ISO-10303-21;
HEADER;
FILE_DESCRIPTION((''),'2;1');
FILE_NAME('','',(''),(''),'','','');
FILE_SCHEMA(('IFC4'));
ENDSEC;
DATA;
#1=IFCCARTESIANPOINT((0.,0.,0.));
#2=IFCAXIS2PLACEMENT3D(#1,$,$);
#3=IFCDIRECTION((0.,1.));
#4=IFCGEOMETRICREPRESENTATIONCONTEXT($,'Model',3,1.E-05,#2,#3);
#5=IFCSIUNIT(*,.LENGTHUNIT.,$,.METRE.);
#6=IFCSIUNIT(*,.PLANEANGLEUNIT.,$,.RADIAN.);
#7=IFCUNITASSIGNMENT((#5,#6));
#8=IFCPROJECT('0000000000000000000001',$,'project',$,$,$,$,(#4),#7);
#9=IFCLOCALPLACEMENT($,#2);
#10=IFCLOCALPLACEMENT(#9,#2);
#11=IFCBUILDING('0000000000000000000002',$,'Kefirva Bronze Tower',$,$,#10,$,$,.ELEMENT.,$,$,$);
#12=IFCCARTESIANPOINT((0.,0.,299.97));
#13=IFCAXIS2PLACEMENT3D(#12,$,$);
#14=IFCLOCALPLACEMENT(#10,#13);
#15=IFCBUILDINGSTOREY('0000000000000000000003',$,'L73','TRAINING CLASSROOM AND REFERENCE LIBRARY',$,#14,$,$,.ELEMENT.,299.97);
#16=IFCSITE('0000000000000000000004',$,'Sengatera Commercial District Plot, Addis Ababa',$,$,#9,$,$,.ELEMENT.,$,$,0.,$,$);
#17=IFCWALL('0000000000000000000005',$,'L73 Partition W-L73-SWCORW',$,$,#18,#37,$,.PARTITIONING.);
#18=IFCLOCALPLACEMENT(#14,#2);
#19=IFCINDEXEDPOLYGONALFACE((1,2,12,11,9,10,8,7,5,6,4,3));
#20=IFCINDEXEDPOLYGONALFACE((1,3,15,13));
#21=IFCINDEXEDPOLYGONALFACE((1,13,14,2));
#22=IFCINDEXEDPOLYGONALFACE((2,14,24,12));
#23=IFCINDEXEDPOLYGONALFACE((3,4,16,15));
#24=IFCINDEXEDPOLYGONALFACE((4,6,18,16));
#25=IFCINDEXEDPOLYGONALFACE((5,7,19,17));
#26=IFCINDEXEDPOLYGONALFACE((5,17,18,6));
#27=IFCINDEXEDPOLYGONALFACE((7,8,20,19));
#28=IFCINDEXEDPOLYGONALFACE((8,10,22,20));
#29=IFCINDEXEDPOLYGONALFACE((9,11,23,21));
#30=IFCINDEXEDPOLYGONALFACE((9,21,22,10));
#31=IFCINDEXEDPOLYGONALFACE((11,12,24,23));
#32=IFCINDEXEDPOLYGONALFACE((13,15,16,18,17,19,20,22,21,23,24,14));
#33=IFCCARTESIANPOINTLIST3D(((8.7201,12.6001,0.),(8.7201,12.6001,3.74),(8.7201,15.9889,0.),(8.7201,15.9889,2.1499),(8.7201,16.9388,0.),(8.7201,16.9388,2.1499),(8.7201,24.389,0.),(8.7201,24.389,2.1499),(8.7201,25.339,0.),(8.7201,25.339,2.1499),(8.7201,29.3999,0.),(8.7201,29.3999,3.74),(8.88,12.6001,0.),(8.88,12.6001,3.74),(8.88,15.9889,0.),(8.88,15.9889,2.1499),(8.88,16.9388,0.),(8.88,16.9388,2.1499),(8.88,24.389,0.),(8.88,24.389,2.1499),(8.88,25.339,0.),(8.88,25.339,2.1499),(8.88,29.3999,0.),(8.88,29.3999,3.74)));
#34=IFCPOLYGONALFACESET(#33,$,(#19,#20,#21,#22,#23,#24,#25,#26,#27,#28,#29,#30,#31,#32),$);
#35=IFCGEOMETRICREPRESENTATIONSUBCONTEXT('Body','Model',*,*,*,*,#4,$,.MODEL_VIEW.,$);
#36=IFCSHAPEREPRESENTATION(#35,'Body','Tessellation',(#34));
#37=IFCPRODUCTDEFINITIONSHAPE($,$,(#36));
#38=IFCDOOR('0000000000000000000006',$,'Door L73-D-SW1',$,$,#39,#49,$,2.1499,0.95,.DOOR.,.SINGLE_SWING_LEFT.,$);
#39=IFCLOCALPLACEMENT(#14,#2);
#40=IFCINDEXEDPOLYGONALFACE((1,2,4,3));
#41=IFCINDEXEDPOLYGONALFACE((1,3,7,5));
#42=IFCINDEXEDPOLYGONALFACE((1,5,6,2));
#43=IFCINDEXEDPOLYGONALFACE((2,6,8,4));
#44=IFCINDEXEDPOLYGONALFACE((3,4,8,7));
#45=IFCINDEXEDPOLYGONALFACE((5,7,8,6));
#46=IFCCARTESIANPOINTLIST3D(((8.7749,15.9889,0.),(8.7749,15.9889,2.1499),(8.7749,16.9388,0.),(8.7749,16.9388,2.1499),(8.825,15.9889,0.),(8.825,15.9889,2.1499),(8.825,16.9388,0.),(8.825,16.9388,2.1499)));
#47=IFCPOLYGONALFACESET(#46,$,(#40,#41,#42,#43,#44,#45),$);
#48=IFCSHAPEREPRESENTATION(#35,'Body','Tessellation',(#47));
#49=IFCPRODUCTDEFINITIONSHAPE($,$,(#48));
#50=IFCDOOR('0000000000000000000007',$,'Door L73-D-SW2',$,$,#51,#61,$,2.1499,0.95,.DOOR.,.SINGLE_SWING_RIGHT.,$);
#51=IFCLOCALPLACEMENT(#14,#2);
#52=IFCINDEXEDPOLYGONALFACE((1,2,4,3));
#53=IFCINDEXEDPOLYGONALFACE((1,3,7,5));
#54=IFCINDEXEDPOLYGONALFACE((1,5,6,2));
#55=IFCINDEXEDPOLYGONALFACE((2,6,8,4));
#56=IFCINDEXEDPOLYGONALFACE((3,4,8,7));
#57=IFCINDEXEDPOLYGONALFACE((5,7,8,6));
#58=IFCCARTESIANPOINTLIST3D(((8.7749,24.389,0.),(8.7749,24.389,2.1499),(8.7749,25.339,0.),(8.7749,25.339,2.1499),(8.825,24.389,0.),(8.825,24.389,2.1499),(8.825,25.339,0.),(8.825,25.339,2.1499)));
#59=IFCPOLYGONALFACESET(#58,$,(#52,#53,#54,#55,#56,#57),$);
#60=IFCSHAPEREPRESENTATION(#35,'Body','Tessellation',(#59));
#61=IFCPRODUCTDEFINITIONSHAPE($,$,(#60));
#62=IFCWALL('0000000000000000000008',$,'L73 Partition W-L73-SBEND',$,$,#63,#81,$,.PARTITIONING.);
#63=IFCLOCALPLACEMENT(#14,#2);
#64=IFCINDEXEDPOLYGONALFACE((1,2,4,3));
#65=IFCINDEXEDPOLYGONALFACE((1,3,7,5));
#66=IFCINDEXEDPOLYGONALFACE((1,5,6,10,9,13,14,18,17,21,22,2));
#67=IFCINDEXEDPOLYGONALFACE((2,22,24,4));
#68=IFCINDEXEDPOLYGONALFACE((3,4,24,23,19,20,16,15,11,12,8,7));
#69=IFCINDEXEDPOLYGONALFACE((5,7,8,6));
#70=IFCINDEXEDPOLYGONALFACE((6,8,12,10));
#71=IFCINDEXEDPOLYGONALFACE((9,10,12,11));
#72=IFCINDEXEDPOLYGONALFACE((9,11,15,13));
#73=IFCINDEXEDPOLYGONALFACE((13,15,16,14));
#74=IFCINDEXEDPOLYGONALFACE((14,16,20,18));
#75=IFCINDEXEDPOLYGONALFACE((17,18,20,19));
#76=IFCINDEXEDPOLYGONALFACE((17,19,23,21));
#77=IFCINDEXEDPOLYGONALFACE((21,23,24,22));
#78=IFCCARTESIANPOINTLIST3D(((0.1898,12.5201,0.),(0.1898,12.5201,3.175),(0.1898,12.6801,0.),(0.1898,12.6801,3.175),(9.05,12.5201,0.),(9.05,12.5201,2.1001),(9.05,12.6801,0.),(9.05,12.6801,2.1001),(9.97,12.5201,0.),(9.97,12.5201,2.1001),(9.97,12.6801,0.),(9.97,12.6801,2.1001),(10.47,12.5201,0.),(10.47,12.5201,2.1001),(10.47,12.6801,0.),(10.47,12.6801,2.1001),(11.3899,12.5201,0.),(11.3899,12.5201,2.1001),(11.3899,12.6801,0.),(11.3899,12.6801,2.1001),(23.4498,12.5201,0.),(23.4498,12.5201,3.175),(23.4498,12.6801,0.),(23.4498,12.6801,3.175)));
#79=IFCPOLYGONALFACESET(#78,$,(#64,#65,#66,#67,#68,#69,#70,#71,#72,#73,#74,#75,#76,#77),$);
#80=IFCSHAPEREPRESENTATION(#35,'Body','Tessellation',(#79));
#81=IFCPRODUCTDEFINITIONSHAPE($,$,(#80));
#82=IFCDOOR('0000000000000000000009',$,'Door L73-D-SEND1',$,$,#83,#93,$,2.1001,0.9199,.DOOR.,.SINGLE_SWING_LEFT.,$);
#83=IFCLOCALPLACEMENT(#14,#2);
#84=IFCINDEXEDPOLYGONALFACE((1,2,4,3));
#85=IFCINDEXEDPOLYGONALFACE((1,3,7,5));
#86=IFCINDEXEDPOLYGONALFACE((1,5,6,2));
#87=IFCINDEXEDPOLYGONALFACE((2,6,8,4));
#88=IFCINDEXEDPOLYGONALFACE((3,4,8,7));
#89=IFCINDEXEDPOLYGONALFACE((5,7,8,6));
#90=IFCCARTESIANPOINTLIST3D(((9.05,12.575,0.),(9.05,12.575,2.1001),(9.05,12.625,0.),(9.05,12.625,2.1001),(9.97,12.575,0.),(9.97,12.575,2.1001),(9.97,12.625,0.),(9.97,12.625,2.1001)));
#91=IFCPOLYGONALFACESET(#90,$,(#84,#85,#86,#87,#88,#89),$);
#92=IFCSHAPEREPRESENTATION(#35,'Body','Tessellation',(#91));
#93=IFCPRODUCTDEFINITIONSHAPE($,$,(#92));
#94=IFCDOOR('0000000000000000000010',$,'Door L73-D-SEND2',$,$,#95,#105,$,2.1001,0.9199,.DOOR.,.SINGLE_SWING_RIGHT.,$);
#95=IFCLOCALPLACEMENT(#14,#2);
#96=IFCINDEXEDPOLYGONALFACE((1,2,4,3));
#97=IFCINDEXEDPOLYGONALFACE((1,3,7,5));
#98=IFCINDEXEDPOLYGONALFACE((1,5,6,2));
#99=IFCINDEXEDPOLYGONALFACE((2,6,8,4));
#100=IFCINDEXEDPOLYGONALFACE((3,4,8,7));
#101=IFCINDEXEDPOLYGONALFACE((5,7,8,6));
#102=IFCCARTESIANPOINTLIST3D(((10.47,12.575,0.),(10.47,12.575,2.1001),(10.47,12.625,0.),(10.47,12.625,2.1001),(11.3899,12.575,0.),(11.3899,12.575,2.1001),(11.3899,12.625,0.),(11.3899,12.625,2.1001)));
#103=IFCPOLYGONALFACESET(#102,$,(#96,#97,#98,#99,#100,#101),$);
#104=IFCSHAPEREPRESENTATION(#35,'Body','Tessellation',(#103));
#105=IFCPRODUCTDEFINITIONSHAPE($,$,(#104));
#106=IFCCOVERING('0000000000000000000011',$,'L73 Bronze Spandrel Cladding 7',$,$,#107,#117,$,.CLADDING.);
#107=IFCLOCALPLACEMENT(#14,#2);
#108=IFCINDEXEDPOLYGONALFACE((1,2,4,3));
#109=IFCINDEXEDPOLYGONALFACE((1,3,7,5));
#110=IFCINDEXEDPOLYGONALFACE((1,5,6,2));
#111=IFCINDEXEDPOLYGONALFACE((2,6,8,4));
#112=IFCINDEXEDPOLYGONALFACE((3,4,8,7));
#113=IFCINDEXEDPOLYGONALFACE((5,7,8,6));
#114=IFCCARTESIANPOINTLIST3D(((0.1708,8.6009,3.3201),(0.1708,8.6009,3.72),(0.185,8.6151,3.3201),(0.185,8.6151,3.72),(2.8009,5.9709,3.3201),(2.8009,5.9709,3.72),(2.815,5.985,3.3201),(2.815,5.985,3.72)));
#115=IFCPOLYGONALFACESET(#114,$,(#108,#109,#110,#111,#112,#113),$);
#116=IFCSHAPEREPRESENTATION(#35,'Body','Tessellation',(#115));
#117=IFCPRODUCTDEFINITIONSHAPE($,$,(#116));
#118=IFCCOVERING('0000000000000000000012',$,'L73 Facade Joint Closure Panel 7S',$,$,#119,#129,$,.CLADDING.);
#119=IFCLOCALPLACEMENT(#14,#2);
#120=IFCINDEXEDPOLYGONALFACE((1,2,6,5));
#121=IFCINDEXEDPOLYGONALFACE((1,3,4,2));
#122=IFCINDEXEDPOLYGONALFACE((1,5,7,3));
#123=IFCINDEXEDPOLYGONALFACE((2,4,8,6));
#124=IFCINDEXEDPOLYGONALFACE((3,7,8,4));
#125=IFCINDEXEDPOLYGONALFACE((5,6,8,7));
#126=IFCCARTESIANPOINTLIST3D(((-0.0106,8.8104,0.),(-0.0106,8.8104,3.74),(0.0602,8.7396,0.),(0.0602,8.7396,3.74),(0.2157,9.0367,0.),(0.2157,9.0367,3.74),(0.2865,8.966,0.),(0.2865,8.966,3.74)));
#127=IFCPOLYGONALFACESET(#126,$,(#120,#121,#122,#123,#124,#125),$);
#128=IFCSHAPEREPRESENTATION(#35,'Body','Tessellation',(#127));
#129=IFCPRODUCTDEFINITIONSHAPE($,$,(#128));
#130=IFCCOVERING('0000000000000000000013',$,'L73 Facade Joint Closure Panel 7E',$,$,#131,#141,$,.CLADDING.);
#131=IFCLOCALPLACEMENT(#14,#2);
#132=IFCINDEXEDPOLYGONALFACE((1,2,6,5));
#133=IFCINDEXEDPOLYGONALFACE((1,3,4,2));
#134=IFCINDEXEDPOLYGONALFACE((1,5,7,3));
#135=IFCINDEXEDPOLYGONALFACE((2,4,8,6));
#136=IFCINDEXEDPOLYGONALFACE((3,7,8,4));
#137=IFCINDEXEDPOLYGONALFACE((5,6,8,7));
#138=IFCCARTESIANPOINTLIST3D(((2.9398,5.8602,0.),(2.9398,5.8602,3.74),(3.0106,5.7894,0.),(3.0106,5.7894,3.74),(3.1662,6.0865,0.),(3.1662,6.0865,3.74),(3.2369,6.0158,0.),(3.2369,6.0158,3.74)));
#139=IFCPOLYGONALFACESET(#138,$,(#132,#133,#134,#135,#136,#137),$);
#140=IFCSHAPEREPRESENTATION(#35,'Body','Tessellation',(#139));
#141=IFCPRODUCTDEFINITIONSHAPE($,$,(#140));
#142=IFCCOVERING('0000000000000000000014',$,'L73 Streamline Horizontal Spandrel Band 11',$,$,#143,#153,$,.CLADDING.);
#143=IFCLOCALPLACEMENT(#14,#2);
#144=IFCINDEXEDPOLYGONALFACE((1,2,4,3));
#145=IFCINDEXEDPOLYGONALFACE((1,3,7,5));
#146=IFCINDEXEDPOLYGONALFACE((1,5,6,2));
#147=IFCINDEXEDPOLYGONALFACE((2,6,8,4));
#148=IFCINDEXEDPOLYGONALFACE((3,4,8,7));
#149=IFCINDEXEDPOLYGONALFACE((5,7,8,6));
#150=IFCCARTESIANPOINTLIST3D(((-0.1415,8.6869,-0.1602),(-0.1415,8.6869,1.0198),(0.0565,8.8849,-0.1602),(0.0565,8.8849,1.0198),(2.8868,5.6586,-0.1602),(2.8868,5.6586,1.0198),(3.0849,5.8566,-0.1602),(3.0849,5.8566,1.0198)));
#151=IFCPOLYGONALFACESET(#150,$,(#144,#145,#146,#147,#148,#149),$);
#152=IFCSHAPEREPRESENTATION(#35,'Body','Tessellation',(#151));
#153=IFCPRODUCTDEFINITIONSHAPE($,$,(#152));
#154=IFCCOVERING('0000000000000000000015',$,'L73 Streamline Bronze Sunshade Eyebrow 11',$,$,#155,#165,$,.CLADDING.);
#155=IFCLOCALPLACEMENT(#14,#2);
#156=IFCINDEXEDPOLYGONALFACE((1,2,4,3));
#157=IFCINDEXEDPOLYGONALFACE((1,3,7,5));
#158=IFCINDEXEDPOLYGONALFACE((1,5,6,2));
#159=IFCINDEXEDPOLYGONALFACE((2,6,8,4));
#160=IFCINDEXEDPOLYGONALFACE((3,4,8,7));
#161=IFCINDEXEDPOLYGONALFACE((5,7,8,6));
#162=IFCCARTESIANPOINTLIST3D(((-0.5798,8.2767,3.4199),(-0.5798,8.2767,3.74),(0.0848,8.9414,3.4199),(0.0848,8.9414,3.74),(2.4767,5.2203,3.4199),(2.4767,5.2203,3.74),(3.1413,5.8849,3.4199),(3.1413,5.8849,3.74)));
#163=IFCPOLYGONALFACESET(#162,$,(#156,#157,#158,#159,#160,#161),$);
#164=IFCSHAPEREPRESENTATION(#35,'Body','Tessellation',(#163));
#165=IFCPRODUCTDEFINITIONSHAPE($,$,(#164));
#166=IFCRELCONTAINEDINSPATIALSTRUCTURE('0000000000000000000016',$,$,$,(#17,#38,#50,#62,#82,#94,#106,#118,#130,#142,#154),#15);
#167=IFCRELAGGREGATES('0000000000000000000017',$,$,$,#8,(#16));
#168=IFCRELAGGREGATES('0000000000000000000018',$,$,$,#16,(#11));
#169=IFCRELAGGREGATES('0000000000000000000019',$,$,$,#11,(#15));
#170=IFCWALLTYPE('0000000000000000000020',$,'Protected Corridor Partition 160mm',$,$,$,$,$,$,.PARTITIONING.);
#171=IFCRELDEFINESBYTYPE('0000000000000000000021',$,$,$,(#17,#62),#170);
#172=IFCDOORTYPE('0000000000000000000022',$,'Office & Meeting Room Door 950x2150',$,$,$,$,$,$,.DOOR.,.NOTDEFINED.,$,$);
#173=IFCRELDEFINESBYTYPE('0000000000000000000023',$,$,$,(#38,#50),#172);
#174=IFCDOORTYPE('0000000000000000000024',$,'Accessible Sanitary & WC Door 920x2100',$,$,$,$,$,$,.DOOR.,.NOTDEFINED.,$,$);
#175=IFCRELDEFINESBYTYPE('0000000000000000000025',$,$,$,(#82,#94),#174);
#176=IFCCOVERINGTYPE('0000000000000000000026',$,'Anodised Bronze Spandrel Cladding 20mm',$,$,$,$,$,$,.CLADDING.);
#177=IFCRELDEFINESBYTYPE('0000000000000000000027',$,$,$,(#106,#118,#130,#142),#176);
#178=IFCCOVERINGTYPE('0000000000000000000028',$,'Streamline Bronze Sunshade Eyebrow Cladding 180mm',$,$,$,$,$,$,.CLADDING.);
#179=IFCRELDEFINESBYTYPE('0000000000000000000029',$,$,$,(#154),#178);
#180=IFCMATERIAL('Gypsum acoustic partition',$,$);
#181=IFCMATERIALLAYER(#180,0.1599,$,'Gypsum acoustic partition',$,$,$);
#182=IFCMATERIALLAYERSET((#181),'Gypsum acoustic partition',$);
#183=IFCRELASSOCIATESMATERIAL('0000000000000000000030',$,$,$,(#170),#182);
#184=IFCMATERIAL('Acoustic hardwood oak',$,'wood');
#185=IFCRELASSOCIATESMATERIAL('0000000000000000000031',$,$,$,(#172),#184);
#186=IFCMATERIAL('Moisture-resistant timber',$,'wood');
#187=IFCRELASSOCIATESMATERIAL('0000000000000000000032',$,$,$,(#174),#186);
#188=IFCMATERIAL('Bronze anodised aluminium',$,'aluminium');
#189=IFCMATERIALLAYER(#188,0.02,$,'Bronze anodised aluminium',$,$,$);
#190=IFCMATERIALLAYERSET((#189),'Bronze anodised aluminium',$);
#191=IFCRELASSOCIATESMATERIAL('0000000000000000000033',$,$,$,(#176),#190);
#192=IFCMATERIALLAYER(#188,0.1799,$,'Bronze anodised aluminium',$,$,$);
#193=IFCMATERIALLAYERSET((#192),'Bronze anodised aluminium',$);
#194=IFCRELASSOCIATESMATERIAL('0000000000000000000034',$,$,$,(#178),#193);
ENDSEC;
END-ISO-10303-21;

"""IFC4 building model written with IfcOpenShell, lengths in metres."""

from ifc_helpers import new_model, si_unit, direction, frame, frame_2d, origin, origin_2d, place, context, subcontext, project, spatial, rectangle, extrude, material, layer, layer_set, type_object, element, fill, save


model = new_model("IFC4")

# Units and contexts
model_context = context("Model", 3, precision=1e-05, world=origin(), true_north=direction((0.0, 1.0)))
body_context = subcontext(model_context, "Body", "Model", "MODEL_VIEW")
ifc_project = project(units=[si_unit("LENGTHUNIT", "METRE"), si_unit("PLANEANGLEUNIT", "RADIAN")], contexts=[model_context])

# Site, building, storey
site_placement = place(None, origin())
site = spatial("IfcSite", under=ifc_project, at=site_placement, Name="Sengatera Commercial District Plot, Addis Ababa", CompositionType="ELEMENT", RefElevation=0.0)
building_placement = place(site_placement, origin())
building = spatial("IfcBuilding", under=site, at=building_placement, Name="Kefirva Bronze Tower", CompositionType="ELEMENT")
storey_placement = place(building_placement, frame((0.0, 0.0, 299.97)))
storey = spatial("IfcBuildingStorey", under=building, at=storey_placement, Name="L73", Description="TRAINING CLASSROOM AND REFERENCE LIBRARY", CompositionType="ELEMENT", Elevation=299.97)

# Shared definitions
ifc_material_1 = material(Name="Bronze anodised aluminium", Category="aluminium")

# Shared definitions
ifc_material_2 = material(Name="Gypsum acoustic partition")

# Walls, openings, doors
ifc_layer_1 = layer(ifc_material_2, 0.1599, Name="Gypsum acoustic partition")
ifc_layer_set_1 = layer_set([ifc_layer_1], Name="Gypsum acoustic partition")
wall_type_1 = type_object("IfcWallType", Name="Protected Corridor Partition 160mm", PredefinedType="PARTITIONING", material=ifc_layer_set_1)
wall_1_placement = place(storey_placement, frame((8.8, 12.6001, 0.0), z_axis=(0.0, 0.0, 1.0), x_axis=(0.0, 1.0, 0.0)))
wall_1 = element("IfcWall", 1, at=wall_1_placement, inside=storey, type_object=wall_type_1, Name="L73 Partition W-L73-SWCORW", PredefinedType="PARTITIONING", context=body_context, shape_type="SweptSolid", body=[
    extrude(rectangle(XDim=16.7998, YDim=0.1599, at=frame_2d((8.3999, 0.0))), origin(), (0.0, 0.0, 1.0), 3.74),
])
opening_1_placement = place(wall_1_placement, frame((4.3389, 0.0, 0.0), z_axis=(0.0, 0.0, 1.0), x_axis=(-1.0, 0.0, 0.0)))
opening_1 = element("IfcOpeningElement", 2, at=opening_1_placement, cuts=wall_1, PredefinedType="OPENING", context=body_context, shape_type="SweptSolid", body=[
    extrude(rectangle(XDim=0.95, YDim=2.1499, at=frame_2d((0.4751, 1.075))), frame((0.0, 0.0898, 0.0), z_axis=(0.0, -1.0, 0.0), x_axis=(1.0, 0.0, 0.0)), (0.0, 0.0, 1.0), 0.1799),
])
opening_2_placement = place(wall_1_placement, frame((12.739, 0.0, 0.0), z_axis=(0.0, 0.0, 1.0), x_axis=(-1.0, 0.0, 0.0)))
opening_2 = element("IfcOpeningElement", 3, at=opening_2_placement, cuts=wall_1, PredefinedType="OPENING", context=body_context, shape_type="SweptSolid", body=[
    extrude(rectangle(XDim=0.95, YDim=2.1499, at=frame_2d((0.4751, 1.075))), frame((0.0, 0.0898, 0.0), z_axis=(0.0, -1.0, 0.0), x_axis=(1.0, 0.0, 0.0)), (0.0, 0.0, 1.0), 0.1799),
])
ifc_material_3 = material(Name="Acoustic hardwood oak", Category="wood")
door_type_1 = type_object("IfcDoorType", Name="Office & Meeting Room Door 950x2150", OperationType="NOTDEFINED", PredefinedType="DOOR", material=ifc_material_3)
door_1_placement = place(opening_1_placement, origin())
door_1 = element("IfcDoor", 4, at=door_1_placement, inside=storey, type_object=door_type_1, Name="Door L73-D-SW1", OperationType="SINGLE_SWING_LEFT", OverallHeight=2.1499, OverallWidth=0.95, PredefinedType="DOOR", context=body_context, shape_type="SweptSolid", body=[
    extrude(rectangle(XDim=0.95, YDim=2.1499, at=frame_2d((0.4751, 1.075))), frame((0.0, 0.0249, 0.0), z_axis=(0.0, -1.0, 0.0), x_axis=(1.0, 0.0, 0.0)), (0.0, 0.0, 1.0), 0.05),
])
fill(opening_1, door_1)
door_2_placement = place(opening_2_placement, origin())
door_2 = element("IfcDoor", 5, at=door_2_placement, inside=storey, type_object=door_type_1, Name="Door L73-D-SW2", OperationType="SINGLE_SWING_RIGHT", OverallHeight=2.1499, OverallWidth=0.95, PredefinedType="DOOR", context=body_context, shape_type="SweptSolid", body=[
    extrude(rectangle(XDim=0.95, YDim=2.1499, at=frame_2d((0.4751, 1.075))), frame((0.0, 0.0249, 0.0), z_axis=(0.0, -1.0, 0.0), x_axis=(1.0, 0.0, 0.0)), (0.0, 0.0, 1.0), 0.05),
])
fill(opening_2, door_2)
wall_2_placement = place(storey_placement, frame((0.1899, 12.6001, 0.0), z_axis=(0.0, 0.0, 1.0), x_axis=(1.0, 0.0, 0.0)))
wall_2 = element("IfcWall", 6, at=wall_2_placement, inside=storey, type_object=wall_type_1, Name="L73 Partition W-L73-SBEND", PredefinedType="PARTITIONING", context=body_context, shape_type="SweptSolid", body=[
    extrude(rectangle(XDim=23.26, YDim=0.1599, at=frame_2d((11.6299, 0.0))), origin(), (0.0, 0.0, 1.0), 3.175),
])
opening_3_placement = place(wall_2_placement, frame((8.8601, 0.0, 0.0)))
opening_3 = element("IfcOpeningElement", 7, at=opening_3_placement, cuts=wall_2, PredefinedType="OPENING", context=body_context, shape_type="SweptSolid", body=[
    extrude(rectangle(XDim=0.9199, YDim=2.1001, at=frame_2d((0.46, 1.05))), frame((0.0, 0.0898, 0.0), z_axis=(0.0, -1.0, 0.0), x_axis=(1.0, 0.0, 0.0)), (0.0, 0.0, 1.0), 0.1799),
])
opening_4_placement = place(wall_2_placement, frame((10.28, 0.0, 0.0)))
opening_4 = element("IfcOpeningElement", 8, at=opening_4_placement, cuts=wall_2, PredefinedType="OPENING", context=body_context, shape_type="SweptSolid", body=[
    extrude(rectangle(XDim=0.9199, YDim=2.1001, at=frame_2d((0.46, 1.05))), frame((0.0, 0.0898, 0.0), z_axis=(0.0, -1.0, 0.0), x_axis=(1.0, 0.0, 0.0)), (0.0, 0.0, 1.0), 0.1799),
])
ifc_material_4 = material(Name="Moisture-resistant timber", Category="wood")
door_type_2 = type_object("IfcDoorType", Name="Accessible Sanitary & WC Door 920x2100", OperationType="NOTDEFINED", PredefinedType="DOOR", material=ifc_material_4)
door_3_placement = place(opening_3_placement, origin())
door_3 = element("IfcDoor", 9, at=door_3_placement, inside=storey, type_object=door_type_2, Name="Door L73-D-SEND1", OperationType="SINGLE_SWING_LEFT", OverallHeight=2.1001, OverallWidth=0.9199, PredefinedType="DOOR", context=body_context, shape_type="SweptSolid", body=[
    extrude(rectangle(XDim=0.9199, YDim=2.1001, at=frame_2d((0.46, 1.05))), frame((0.0, 0.0249, 0.0), z_axis=(0.0, -1.0, 0.0), x_axis=(1.0, 0.0, 0.0)), (0.0, 0.0, 1.0), 0.05),
])
fill(opening_3, door_3)
door_4_placement = place(opening_4_placement, origin())
door_4 = element("IfcDoor", 10, at=door_4_placement, inside=storey, type_object=door_type_2, Name="Door L73-D-SEND2", OperationType="SINGLE_SWING_RIGHT", OverallHeight=2.1001, OverallWidth=0.9199, PredefinedType="DOOR", context=body_context, shape_type="SweptSolid", body=[
    extrude(rectangle(XDim=0.9199, YDim=2.1001, at=frame_2d((0.46, 1.05))), frame((0.0, 0.0249, 0.0), z_axis=(0.0, -1.0, 0.0), x_axis=(1.0, 0.0, 0.0)), (0.0, 0.0, 1.0), 0.05),
])
fill(opening_4, door_4)

# Coverings
ifc_layer_2 = layer(ifc_material_1, 0.02, Name="Bronze anodised aluminium")
ifc_layer_set_2 = layer_set([ifc_layer_2], Name="Bronze anodised aluminium")
covering_type_1 = type_object("IfcCoveringType", Name="Anodised Bronze Spandrel Cladding 20mm", PredefinedType="CLADDING", material=ifc_layer_set_2)
covering_1_placement = place(storey_placement, frame((1.4929, 7.293, 3.3201), z_axis=(0.0, 0.0, 1.0), x_axis=(0.707107, -0.707107, 0.0)))
element("IfcCovering", 11, at=covering_1_placement, inside=storey, type_object=covering_type_1, Name="L73 Bronze Spandrel Cladding 7", PredefinedType="CLADDING", context=body_context, shape_type="SweptSolid", body=[
    extrude(rectangle(XDim=3.7195, YDim=0.02, at=origin_2d()), origin(), (0.0, 0.0, 1.0), 0.3999),
])
for number, where, z_axis, x_axis, name in (
    (12, (0.1379, 8.8882, 0.0), (0.0, 0.0, 1.0), (0.707107, -0.707107, 0.0), "L73 Facade Joint Closure Panel 7S"),
    (13, (3.0884, 5.938, 0.0), (0.0, 0.0, 1.0), (0.707107, -0.707107, 0.0), "L73 Facade Joint Closure Panel 7E"),
):
    element("IfcCovering", number, at=place(storey_placement, frame(where, z_axis=z_axis, x_axis=x_axis)), inside=storey, type_object=covering_type_1, Name=name, PredefinedType="CLADDING", context=body_context, shape_type="SweptSolid", body=[
        extrude(rectangle(XDim=0.1001, YDim=0.3201, at=origin_2d()), origin(), (0.0, 0.0, 1.0), 3.74),
    ])
covering_2_placement = place(storey_placement, frame((1.4717, 7.2717, -0.1602), z_axis=(0.0, 0.0, 1.0), x_axis=(0.707107, -0.707107, 0.0)))
element("IfcCovering", 14, at=covering_2_placement, inside=storey, type_object=covering_type_1, Name="L73 Streamline Horizontal Spandrel Band 11", PredefinedType="CLADDING", context=body_context, shape_type="SweptSolid", body=[
    extrude(rectangle(XDim=4.2827, YDim=0.28, at=origin_2d()), origin(), (0.0, 0.0, 1.0), 1.1799),
])
ifc_layer_3 = layer(ifc_material_1, 0.1799, Name="Bronze anodised aluminium")
ifc_layer_set_3 = layer_set([ifc_layer_3], Name="Bronze anodised aluminium")
covering_type_2 = type_object("IfcCoveringType", Name="Streamline Bronze Sunshade Eyebrow Cladding 180mm", PredefinedType="CLADDING", material=ifc_layer_set_3)
covering_3_placement = place(storey_placement, frame((1.2808, 7.0808, 3.4199), z_axis=(0.0, 0.0, 1.0), x_axis=(0.707107, -0.707107, 0.0)))
element("IfcCovering", 15, at=covering_3_placement, inside=storey, type_object=covering_type_2, Name="L73 Streamline Bronze Sunshade Eyebrow 11", PredefinedType="CLADDING", context=body_context, shape_type="SweptSolid", body=[
    extrude(rectangle(XDim=4.3225, YDim=0.9399, at=origin_2d()), origin(), (0.0, 0.0, 1.0), 0.3201),
])

save(model, "model.ifc")
